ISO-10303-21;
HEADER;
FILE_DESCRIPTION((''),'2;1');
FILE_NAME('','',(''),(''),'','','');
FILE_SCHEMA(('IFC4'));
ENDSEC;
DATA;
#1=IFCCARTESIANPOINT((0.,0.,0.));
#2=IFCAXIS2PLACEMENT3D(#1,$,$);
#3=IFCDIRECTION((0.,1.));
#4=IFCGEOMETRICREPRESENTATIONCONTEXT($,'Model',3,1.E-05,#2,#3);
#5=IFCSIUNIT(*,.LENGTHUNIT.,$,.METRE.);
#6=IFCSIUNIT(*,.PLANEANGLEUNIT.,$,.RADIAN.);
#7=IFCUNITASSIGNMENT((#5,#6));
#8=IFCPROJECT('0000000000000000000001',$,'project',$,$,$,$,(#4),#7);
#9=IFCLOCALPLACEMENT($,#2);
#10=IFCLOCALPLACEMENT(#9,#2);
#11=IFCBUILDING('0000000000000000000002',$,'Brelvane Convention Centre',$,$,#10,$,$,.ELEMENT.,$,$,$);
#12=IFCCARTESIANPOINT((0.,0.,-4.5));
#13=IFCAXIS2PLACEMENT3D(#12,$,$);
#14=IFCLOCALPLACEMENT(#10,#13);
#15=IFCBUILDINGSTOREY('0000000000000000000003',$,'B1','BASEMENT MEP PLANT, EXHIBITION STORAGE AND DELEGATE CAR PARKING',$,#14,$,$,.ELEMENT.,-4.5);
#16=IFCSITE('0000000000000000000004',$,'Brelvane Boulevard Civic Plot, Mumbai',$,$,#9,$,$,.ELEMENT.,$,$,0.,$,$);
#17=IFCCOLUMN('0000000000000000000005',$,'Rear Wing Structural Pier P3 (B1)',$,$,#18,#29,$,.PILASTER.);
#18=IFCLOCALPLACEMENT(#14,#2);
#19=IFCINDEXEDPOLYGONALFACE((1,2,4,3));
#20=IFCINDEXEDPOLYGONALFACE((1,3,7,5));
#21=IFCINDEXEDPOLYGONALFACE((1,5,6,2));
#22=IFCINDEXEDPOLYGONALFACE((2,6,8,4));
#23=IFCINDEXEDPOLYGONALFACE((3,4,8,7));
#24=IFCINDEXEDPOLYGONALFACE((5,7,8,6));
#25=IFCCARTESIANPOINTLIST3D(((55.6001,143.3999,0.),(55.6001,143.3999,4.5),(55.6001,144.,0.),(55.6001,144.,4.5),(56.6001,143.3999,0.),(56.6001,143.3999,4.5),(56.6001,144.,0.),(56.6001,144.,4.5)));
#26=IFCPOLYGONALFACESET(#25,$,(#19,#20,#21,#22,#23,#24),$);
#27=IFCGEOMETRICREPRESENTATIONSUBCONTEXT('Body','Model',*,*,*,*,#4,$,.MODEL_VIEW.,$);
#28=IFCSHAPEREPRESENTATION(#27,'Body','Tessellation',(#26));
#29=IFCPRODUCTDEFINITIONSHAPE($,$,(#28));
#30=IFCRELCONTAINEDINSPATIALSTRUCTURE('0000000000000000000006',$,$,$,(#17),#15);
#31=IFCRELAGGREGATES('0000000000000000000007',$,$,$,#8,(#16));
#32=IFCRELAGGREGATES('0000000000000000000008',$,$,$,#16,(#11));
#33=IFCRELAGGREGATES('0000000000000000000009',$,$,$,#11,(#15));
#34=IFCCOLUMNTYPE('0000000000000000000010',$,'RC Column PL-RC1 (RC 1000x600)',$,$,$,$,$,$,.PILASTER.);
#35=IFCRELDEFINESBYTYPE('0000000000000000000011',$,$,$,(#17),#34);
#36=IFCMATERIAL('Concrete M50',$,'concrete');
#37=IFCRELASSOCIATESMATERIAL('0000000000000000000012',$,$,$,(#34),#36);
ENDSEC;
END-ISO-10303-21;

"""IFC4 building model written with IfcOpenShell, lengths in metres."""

from ifc_helpers import new_model, si_unit, direction, frame, origin, origin_2d, place, context, subcontext, project, spatial, rectangle, extrude, material, material_profile, profile_set, type_object, element, save


model = new_model("IFC4")

# Units and contexts
model_context = context("Model", 3, precision=1e-05, world=origin(), true_north=direction((0.0, 1.0)))
body_context = subcontext(model_context, "Body", "Model", "MODEL_VIEW")
ifc_project = project(units=[si_unit("LENGTHUNIT", "METRE"), si_unit("PLANEANGLEUNIT", "RADIAN")], contexts=[model_context])

# Site, building, storey
site_placement = place(None, origin())
site = spatial("IfcSite", under=ifc_project, at=site_placement, Name="Brelvane Boulevard Civic Plot, Mumbai", CompositionType="ELEMENT", RefElevation=0.0)
building_placement = place(site_placement, origin())
building = spatial("IfcBuilding", under=site, at=building_placement, Name="Brelvane Convention Centre", CompositionType="ELEMENT")
storey_placement = place(building_placement, frame((0.0, 0.0, -4.5)))
storey = spatial("IfcBuildingStorey", under=building, at=storey_placement, Name="B1", Description="BASEMENT MEP PLANT, EXHIBITION STORAGE AND DELEGATE CAR PARKING", CompositionType="ELEMENT", Elevation=-4.5)

# Column
ifc_material_1 = material(Name="Concrete M50", Category="concrete")
ifc_material_profile_1 = material_profile(ifc_material_1, rectangle(XDim=1.0, YDim=0.6001, at=origin_2d()), Name="RC 1000x600")
ifc_profile_set_1 = profile_set([ifc_material_profile_1], Name="Concrete M50")
column_type_1 = type_object("IfcColumnType", Name="RC Column PL-RC1 (RC 1000x600)", PredefinedType="PILASTER", material=ifc_profile_set_1)
column_1_placement = place(storey_placement, frame((56.1001, 143.7, 0.0), z_axis=(0.0, 0.0, 1.0), x_axis=(1.0, 0.0, 0.0)))
element("IfcColumn", 1, at=column_1_placement, inside=storey, type_object=column_type_1, Name="Rear Wing Structural Pier P3 (B1)", PredefinedType="PILASTER", context=body_context, shape_type="SweptSolid", body=[
    extrude(rectangle(XDim=1.0, YDim=0.6001, at=origin_2d()), origin(), (0.0, 0.0, 1.0), 4.5),
])

save(model, "model.ifc")
